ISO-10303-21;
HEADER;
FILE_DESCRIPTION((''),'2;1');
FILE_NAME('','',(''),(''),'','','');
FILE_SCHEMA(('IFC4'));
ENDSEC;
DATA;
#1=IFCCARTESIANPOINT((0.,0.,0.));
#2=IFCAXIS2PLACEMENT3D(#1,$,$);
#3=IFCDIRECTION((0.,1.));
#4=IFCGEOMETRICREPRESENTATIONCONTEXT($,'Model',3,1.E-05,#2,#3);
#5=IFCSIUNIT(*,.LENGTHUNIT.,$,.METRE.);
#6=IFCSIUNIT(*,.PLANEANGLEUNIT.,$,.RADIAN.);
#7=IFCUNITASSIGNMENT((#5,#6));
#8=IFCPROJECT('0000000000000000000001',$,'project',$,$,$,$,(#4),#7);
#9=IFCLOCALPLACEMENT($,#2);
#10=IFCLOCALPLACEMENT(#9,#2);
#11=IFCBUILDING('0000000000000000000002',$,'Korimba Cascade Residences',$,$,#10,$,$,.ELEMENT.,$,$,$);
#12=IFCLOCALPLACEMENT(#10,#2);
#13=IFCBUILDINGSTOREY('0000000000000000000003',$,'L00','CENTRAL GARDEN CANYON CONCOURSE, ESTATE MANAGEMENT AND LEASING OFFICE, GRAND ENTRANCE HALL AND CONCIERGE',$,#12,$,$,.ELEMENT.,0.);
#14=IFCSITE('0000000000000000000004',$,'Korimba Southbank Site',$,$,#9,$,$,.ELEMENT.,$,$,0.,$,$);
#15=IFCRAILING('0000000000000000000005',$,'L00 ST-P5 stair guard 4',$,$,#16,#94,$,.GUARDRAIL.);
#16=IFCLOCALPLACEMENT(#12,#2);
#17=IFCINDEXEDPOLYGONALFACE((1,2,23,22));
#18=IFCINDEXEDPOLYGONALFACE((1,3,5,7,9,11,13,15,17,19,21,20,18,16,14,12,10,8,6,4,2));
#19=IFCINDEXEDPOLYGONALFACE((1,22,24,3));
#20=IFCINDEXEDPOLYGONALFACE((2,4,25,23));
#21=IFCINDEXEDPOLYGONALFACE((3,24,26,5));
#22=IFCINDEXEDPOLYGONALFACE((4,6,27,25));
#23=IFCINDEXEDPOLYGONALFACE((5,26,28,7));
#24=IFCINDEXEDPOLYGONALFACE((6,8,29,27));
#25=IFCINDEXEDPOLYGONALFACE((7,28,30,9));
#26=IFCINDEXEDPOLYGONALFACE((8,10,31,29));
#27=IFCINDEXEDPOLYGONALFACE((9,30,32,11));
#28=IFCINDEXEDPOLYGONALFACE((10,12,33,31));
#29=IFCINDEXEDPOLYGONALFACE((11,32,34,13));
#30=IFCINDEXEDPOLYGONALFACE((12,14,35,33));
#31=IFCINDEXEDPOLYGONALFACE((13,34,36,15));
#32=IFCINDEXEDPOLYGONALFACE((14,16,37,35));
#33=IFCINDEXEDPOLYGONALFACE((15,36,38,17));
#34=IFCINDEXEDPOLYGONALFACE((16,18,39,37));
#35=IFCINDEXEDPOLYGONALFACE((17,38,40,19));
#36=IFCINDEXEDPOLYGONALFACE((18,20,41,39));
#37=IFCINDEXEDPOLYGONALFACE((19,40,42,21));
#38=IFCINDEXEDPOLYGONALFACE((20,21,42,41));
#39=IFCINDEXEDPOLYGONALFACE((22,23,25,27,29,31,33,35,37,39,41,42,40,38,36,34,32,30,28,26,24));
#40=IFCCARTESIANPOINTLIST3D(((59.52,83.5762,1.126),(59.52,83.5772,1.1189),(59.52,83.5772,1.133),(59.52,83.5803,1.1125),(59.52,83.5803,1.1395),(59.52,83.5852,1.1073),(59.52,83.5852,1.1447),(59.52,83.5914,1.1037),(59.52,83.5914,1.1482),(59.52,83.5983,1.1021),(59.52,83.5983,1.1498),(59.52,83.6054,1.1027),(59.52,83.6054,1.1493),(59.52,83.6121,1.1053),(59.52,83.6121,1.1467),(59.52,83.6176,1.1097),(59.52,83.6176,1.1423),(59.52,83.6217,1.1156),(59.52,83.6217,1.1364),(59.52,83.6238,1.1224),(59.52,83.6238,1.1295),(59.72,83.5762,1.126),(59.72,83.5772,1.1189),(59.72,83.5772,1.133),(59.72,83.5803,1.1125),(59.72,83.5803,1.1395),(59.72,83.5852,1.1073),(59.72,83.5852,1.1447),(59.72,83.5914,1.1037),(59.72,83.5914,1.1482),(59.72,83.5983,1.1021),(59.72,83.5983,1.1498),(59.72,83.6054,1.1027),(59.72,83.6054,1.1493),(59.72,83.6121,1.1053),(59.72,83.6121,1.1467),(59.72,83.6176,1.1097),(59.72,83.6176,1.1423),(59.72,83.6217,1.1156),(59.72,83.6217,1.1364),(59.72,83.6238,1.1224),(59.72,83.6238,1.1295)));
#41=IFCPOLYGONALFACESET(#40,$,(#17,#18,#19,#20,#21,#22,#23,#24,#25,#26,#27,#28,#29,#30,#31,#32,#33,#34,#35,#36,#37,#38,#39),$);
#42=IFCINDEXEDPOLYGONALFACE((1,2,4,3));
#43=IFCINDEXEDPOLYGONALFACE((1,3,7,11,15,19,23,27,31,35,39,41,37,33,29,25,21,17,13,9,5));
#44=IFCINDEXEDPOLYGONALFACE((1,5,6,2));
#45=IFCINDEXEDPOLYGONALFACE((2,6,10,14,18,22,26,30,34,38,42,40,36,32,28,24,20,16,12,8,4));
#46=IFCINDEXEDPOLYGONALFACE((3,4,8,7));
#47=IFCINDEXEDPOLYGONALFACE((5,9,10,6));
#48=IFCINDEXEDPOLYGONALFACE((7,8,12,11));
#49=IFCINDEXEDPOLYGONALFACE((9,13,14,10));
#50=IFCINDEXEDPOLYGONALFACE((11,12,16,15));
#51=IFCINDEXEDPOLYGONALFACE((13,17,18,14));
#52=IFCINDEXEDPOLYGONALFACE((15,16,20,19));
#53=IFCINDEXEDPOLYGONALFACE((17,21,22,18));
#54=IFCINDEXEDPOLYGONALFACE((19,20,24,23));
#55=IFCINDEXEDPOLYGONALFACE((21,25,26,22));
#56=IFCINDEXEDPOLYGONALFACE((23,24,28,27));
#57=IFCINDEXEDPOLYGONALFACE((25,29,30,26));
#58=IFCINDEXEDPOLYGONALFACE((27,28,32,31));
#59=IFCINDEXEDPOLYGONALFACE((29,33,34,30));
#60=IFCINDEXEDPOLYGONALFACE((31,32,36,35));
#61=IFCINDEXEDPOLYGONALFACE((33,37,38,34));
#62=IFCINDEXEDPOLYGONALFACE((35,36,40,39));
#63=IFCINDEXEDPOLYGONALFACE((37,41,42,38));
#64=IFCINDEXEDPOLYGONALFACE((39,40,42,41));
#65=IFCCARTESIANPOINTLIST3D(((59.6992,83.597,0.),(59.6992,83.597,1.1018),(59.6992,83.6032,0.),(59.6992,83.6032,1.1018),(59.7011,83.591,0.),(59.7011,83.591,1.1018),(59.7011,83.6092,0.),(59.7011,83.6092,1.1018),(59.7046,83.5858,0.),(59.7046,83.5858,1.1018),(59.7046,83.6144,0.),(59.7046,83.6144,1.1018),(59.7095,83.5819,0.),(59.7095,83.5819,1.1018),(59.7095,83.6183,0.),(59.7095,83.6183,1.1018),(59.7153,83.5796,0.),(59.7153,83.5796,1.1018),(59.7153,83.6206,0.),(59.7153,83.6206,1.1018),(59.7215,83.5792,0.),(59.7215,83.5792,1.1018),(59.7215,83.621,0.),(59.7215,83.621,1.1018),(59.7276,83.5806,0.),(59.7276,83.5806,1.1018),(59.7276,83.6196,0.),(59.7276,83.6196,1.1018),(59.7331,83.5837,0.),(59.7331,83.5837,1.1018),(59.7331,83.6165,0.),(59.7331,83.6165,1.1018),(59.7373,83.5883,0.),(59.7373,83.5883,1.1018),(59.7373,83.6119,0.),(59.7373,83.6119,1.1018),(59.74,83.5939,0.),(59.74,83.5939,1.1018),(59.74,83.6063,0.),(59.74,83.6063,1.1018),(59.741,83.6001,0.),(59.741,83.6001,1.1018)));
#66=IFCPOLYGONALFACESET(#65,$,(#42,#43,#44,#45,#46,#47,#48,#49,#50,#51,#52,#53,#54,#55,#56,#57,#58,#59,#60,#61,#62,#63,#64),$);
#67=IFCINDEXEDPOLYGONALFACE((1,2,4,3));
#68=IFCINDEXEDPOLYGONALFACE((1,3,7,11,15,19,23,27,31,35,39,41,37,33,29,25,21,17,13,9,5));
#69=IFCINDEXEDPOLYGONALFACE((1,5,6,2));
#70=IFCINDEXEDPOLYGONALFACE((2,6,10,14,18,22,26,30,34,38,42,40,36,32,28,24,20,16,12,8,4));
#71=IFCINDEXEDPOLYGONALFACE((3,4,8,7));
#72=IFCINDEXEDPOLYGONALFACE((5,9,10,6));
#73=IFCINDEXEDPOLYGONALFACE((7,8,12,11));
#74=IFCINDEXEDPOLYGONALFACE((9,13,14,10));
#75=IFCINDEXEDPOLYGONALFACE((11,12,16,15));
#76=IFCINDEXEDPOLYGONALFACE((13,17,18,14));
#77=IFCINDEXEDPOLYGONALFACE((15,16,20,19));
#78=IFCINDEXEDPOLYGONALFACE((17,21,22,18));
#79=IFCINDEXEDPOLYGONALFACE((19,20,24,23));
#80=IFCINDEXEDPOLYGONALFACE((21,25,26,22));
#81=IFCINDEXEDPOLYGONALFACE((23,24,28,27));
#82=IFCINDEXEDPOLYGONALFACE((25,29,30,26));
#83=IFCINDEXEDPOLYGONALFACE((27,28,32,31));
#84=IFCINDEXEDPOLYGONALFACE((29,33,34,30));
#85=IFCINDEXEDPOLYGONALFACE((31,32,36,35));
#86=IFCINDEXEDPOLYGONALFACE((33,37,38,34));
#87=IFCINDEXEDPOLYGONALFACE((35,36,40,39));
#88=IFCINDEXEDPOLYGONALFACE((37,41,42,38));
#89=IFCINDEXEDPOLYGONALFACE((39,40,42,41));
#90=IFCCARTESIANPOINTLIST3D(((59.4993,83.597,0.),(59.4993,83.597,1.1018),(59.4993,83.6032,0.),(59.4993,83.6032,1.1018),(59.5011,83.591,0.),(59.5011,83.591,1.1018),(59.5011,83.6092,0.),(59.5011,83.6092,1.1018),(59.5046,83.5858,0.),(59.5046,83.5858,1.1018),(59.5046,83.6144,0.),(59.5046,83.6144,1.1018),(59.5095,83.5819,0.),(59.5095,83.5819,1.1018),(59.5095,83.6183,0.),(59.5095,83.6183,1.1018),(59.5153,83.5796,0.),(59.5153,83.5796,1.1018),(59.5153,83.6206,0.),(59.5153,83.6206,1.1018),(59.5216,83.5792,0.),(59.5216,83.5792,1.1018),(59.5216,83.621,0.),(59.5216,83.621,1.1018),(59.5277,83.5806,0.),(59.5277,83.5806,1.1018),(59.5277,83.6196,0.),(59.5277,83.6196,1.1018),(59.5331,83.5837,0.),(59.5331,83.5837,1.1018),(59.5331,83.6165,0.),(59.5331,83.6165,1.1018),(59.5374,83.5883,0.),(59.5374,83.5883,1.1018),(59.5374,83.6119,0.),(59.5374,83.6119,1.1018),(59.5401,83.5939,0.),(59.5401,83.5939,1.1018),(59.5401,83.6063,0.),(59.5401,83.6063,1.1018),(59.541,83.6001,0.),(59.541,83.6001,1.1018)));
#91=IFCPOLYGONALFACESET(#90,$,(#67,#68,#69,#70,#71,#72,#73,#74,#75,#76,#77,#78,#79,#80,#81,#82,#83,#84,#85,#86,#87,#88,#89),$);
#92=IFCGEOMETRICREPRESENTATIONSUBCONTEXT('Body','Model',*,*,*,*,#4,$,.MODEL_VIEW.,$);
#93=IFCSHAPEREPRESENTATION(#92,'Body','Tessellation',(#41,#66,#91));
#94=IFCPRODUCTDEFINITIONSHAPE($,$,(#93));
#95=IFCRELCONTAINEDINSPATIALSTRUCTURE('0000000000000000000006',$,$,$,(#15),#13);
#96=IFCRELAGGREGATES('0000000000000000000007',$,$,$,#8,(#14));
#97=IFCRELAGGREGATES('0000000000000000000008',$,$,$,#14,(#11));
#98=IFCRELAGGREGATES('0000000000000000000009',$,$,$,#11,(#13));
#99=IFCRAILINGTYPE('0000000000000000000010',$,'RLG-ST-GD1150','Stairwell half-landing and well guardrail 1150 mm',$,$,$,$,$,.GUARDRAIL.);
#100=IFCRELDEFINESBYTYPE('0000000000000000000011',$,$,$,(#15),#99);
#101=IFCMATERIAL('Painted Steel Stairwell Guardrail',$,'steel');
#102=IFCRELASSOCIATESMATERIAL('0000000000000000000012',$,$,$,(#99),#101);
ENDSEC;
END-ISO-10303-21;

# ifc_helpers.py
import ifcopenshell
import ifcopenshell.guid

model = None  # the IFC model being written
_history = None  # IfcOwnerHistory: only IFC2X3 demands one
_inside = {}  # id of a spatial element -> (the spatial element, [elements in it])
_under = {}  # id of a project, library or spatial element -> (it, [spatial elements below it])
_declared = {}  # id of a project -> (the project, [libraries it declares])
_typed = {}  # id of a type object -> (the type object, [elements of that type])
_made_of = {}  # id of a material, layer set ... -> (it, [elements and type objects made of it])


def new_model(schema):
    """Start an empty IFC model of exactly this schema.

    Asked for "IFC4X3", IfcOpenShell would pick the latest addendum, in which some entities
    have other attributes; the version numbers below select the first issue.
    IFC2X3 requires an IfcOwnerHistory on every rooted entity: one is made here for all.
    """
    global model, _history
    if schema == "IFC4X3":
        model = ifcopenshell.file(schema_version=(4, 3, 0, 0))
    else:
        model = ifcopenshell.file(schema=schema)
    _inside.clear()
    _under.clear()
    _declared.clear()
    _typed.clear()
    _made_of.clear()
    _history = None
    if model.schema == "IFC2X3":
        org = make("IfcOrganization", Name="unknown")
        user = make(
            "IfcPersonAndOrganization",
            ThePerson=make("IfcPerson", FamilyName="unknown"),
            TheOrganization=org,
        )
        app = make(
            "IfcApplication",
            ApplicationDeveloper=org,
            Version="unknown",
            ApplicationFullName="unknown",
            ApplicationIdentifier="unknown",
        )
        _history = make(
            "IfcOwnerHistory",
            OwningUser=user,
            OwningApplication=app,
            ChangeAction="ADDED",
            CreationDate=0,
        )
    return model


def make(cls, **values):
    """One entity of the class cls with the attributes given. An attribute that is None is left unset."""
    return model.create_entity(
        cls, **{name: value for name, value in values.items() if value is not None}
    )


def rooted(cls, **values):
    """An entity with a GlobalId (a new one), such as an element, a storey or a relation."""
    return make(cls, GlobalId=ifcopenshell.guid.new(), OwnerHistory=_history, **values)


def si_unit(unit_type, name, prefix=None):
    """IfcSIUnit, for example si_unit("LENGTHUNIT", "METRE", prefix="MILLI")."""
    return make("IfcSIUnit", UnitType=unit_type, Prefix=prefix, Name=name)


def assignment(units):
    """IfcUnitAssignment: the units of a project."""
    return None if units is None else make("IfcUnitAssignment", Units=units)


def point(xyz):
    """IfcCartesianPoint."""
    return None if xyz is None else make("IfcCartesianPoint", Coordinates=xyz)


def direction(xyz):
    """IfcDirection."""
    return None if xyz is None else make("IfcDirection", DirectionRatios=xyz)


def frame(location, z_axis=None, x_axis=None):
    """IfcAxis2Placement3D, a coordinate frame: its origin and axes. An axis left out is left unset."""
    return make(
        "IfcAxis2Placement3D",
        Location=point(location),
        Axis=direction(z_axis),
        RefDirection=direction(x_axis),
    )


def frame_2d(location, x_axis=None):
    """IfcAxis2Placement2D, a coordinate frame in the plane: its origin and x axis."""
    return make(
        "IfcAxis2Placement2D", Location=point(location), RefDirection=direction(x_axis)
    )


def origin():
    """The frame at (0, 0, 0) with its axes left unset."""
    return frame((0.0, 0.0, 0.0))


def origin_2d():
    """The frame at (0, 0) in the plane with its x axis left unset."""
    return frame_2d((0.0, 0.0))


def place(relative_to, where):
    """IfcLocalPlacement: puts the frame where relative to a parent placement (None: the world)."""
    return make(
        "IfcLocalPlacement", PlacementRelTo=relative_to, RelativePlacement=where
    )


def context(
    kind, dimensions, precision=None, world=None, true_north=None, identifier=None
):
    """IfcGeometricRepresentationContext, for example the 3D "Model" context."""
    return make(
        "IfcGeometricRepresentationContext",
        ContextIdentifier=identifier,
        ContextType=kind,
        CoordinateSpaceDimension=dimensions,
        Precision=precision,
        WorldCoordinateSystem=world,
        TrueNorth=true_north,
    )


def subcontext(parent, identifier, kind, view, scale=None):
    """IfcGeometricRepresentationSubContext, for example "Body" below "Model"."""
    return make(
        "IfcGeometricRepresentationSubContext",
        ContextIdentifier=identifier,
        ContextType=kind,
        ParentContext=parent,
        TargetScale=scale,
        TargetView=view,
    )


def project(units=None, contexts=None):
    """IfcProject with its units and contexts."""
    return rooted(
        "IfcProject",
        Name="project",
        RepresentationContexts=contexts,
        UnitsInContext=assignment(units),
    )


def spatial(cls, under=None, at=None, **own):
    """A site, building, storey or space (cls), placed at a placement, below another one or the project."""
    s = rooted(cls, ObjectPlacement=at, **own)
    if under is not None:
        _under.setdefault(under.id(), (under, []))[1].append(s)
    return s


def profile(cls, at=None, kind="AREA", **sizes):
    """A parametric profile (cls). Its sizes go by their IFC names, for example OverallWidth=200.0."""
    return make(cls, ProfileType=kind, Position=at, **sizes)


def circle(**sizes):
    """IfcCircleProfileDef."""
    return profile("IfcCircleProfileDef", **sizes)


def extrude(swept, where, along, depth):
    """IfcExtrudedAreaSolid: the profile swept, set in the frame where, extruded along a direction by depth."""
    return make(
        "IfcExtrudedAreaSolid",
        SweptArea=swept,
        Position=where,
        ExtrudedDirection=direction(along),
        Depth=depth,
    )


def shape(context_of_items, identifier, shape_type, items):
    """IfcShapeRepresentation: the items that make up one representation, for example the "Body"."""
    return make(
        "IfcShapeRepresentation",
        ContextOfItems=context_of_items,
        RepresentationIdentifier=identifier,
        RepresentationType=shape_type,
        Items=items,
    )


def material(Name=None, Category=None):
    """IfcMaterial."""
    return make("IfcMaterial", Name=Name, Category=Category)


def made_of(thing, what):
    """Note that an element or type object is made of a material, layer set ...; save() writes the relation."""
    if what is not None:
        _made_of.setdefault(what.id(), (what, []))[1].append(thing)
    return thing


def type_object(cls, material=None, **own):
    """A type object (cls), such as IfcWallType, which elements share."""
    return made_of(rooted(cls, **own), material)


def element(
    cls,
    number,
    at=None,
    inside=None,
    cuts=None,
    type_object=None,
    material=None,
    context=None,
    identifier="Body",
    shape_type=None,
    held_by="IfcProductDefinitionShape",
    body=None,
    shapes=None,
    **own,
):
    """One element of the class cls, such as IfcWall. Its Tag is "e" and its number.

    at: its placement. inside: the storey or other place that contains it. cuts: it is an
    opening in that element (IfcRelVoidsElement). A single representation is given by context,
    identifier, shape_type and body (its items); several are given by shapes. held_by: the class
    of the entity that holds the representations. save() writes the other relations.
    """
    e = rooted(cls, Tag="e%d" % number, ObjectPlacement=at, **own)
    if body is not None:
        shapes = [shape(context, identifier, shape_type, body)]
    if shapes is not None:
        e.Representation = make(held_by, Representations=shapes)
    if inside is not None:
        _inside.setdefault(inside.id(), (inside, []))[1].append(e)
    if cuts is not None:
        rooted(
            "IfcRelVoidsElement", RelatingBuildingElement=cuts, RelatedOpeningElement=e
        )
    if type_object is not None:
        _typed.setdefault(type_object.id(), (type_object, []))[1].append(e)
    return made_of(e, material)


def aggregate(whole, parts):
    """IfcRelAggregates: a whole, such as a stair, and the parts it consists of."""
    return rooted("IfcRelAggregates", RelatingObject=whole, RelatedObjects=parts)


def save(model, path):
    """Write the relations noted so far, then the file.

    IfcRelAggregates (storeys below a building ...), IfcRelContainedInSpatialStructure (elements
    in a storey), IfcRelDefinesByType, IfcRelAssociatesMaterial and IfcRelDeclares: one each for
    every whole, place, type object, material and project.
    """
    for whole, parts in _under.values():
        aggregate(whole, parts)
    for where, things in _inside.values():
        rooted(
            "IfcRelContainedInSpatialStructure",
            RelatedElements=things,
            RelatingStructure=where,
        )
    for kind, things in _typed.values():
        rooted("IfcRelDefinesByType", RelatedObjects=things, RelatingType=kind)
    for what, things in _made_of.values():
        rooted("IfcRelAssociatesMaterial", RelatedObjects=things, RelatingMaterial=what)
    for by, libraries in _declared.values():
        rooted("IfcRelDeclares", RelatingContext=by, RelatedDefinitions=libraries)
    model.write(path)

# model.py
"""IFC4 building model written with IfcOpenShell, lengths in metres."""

from ifc_helpers import new_model, si_unit, direction, frame, origin, origin_2d, place, context, subcontext, project, spatial, circle, extrude, material, type_object, element, save


model = new_model("IFC4")

# Units and contexts
model_context = context("Model", 3, precision=1e-05, world=origin(), true_north=direction((0.0, 1.0)))
body_context = subcontext(model_context, "Body", "Model", "MODEL_VIEW")
ifc_project = project(units=[si_unit("LENGTHUNIT", "METRE"), si_unit("PLANEANGLEUNIT", "RADIAN")], contexts=[model_context])

# Site, building, storey
site_placement = place(None, origin())
site = spatial("IfcSite", under=ifc_project, at=site_placement, Name="Korimba Southbank Site", CompositionType="ELEMENT", RefElevation=0.0)
building_placement = place(site_placement, origin())
building = spatial("IfcBuilding", under=site, at=building_placement, Name="Korimba Cascade Residences", CompositionType="ELEMENT")
storey_placement = place(building_placement, origin())
storey = spatial("IfcBuildingStorey", under=building, at=storey_placement, Name="L00", Description="CENTRAL GARDEN CANYON CONCOURSE, ESTATE MANAGEMENT AND LEASING OFFICE, GRAND ENTRANCE HALL AND CONCIERGE", CompositionType="ELEMENT", Elevation=0.0)

# Railing
ifc_material_1 = material(Name="Painted Steel Stairwell Guardrail", Category="steel")
railing_type_1 = type_object("IfcRailingType", Name="RLG-ST-GD1150", Description="Stairwell half-landing and well guardrail 1150 mm", PredefinedType="GUARDRAIL", material=ifc_material_1)
railing_1_placement = place(storey_placement, frame((59.72, 83.6001, 0.0)))
element("IfcRailing", 1, at=railing_1_placement, inside=storey, type_object=railing_type_1, Name="L00 ST-P5 stair guard 4", PredefinedType="GUARDRAIL", context=body_context, shape_type="SweptSolid", body=[
    extrude(circle(Radius=0.0239, at=origin_2d()), frame((0.0, 0.0, 1.126), z_axis=(-1.0, 0.0, 0.0), x_axis=(0.0, -1.0, 0.0)), (0.0, 0.0, 1.0), 0.2),
    extrude(circle(Radius=0.021, at=origin_2d()), origin(), (0.0, 0.0, 1.0), 1.1018),
    extrude(circle(Radius=0.021, at=origin_2d()), frame((-0.2, 0.0, 0.0)), (0.0, 0.0, 1.0), 1.1018),
])

save(model, "model.ifc")
